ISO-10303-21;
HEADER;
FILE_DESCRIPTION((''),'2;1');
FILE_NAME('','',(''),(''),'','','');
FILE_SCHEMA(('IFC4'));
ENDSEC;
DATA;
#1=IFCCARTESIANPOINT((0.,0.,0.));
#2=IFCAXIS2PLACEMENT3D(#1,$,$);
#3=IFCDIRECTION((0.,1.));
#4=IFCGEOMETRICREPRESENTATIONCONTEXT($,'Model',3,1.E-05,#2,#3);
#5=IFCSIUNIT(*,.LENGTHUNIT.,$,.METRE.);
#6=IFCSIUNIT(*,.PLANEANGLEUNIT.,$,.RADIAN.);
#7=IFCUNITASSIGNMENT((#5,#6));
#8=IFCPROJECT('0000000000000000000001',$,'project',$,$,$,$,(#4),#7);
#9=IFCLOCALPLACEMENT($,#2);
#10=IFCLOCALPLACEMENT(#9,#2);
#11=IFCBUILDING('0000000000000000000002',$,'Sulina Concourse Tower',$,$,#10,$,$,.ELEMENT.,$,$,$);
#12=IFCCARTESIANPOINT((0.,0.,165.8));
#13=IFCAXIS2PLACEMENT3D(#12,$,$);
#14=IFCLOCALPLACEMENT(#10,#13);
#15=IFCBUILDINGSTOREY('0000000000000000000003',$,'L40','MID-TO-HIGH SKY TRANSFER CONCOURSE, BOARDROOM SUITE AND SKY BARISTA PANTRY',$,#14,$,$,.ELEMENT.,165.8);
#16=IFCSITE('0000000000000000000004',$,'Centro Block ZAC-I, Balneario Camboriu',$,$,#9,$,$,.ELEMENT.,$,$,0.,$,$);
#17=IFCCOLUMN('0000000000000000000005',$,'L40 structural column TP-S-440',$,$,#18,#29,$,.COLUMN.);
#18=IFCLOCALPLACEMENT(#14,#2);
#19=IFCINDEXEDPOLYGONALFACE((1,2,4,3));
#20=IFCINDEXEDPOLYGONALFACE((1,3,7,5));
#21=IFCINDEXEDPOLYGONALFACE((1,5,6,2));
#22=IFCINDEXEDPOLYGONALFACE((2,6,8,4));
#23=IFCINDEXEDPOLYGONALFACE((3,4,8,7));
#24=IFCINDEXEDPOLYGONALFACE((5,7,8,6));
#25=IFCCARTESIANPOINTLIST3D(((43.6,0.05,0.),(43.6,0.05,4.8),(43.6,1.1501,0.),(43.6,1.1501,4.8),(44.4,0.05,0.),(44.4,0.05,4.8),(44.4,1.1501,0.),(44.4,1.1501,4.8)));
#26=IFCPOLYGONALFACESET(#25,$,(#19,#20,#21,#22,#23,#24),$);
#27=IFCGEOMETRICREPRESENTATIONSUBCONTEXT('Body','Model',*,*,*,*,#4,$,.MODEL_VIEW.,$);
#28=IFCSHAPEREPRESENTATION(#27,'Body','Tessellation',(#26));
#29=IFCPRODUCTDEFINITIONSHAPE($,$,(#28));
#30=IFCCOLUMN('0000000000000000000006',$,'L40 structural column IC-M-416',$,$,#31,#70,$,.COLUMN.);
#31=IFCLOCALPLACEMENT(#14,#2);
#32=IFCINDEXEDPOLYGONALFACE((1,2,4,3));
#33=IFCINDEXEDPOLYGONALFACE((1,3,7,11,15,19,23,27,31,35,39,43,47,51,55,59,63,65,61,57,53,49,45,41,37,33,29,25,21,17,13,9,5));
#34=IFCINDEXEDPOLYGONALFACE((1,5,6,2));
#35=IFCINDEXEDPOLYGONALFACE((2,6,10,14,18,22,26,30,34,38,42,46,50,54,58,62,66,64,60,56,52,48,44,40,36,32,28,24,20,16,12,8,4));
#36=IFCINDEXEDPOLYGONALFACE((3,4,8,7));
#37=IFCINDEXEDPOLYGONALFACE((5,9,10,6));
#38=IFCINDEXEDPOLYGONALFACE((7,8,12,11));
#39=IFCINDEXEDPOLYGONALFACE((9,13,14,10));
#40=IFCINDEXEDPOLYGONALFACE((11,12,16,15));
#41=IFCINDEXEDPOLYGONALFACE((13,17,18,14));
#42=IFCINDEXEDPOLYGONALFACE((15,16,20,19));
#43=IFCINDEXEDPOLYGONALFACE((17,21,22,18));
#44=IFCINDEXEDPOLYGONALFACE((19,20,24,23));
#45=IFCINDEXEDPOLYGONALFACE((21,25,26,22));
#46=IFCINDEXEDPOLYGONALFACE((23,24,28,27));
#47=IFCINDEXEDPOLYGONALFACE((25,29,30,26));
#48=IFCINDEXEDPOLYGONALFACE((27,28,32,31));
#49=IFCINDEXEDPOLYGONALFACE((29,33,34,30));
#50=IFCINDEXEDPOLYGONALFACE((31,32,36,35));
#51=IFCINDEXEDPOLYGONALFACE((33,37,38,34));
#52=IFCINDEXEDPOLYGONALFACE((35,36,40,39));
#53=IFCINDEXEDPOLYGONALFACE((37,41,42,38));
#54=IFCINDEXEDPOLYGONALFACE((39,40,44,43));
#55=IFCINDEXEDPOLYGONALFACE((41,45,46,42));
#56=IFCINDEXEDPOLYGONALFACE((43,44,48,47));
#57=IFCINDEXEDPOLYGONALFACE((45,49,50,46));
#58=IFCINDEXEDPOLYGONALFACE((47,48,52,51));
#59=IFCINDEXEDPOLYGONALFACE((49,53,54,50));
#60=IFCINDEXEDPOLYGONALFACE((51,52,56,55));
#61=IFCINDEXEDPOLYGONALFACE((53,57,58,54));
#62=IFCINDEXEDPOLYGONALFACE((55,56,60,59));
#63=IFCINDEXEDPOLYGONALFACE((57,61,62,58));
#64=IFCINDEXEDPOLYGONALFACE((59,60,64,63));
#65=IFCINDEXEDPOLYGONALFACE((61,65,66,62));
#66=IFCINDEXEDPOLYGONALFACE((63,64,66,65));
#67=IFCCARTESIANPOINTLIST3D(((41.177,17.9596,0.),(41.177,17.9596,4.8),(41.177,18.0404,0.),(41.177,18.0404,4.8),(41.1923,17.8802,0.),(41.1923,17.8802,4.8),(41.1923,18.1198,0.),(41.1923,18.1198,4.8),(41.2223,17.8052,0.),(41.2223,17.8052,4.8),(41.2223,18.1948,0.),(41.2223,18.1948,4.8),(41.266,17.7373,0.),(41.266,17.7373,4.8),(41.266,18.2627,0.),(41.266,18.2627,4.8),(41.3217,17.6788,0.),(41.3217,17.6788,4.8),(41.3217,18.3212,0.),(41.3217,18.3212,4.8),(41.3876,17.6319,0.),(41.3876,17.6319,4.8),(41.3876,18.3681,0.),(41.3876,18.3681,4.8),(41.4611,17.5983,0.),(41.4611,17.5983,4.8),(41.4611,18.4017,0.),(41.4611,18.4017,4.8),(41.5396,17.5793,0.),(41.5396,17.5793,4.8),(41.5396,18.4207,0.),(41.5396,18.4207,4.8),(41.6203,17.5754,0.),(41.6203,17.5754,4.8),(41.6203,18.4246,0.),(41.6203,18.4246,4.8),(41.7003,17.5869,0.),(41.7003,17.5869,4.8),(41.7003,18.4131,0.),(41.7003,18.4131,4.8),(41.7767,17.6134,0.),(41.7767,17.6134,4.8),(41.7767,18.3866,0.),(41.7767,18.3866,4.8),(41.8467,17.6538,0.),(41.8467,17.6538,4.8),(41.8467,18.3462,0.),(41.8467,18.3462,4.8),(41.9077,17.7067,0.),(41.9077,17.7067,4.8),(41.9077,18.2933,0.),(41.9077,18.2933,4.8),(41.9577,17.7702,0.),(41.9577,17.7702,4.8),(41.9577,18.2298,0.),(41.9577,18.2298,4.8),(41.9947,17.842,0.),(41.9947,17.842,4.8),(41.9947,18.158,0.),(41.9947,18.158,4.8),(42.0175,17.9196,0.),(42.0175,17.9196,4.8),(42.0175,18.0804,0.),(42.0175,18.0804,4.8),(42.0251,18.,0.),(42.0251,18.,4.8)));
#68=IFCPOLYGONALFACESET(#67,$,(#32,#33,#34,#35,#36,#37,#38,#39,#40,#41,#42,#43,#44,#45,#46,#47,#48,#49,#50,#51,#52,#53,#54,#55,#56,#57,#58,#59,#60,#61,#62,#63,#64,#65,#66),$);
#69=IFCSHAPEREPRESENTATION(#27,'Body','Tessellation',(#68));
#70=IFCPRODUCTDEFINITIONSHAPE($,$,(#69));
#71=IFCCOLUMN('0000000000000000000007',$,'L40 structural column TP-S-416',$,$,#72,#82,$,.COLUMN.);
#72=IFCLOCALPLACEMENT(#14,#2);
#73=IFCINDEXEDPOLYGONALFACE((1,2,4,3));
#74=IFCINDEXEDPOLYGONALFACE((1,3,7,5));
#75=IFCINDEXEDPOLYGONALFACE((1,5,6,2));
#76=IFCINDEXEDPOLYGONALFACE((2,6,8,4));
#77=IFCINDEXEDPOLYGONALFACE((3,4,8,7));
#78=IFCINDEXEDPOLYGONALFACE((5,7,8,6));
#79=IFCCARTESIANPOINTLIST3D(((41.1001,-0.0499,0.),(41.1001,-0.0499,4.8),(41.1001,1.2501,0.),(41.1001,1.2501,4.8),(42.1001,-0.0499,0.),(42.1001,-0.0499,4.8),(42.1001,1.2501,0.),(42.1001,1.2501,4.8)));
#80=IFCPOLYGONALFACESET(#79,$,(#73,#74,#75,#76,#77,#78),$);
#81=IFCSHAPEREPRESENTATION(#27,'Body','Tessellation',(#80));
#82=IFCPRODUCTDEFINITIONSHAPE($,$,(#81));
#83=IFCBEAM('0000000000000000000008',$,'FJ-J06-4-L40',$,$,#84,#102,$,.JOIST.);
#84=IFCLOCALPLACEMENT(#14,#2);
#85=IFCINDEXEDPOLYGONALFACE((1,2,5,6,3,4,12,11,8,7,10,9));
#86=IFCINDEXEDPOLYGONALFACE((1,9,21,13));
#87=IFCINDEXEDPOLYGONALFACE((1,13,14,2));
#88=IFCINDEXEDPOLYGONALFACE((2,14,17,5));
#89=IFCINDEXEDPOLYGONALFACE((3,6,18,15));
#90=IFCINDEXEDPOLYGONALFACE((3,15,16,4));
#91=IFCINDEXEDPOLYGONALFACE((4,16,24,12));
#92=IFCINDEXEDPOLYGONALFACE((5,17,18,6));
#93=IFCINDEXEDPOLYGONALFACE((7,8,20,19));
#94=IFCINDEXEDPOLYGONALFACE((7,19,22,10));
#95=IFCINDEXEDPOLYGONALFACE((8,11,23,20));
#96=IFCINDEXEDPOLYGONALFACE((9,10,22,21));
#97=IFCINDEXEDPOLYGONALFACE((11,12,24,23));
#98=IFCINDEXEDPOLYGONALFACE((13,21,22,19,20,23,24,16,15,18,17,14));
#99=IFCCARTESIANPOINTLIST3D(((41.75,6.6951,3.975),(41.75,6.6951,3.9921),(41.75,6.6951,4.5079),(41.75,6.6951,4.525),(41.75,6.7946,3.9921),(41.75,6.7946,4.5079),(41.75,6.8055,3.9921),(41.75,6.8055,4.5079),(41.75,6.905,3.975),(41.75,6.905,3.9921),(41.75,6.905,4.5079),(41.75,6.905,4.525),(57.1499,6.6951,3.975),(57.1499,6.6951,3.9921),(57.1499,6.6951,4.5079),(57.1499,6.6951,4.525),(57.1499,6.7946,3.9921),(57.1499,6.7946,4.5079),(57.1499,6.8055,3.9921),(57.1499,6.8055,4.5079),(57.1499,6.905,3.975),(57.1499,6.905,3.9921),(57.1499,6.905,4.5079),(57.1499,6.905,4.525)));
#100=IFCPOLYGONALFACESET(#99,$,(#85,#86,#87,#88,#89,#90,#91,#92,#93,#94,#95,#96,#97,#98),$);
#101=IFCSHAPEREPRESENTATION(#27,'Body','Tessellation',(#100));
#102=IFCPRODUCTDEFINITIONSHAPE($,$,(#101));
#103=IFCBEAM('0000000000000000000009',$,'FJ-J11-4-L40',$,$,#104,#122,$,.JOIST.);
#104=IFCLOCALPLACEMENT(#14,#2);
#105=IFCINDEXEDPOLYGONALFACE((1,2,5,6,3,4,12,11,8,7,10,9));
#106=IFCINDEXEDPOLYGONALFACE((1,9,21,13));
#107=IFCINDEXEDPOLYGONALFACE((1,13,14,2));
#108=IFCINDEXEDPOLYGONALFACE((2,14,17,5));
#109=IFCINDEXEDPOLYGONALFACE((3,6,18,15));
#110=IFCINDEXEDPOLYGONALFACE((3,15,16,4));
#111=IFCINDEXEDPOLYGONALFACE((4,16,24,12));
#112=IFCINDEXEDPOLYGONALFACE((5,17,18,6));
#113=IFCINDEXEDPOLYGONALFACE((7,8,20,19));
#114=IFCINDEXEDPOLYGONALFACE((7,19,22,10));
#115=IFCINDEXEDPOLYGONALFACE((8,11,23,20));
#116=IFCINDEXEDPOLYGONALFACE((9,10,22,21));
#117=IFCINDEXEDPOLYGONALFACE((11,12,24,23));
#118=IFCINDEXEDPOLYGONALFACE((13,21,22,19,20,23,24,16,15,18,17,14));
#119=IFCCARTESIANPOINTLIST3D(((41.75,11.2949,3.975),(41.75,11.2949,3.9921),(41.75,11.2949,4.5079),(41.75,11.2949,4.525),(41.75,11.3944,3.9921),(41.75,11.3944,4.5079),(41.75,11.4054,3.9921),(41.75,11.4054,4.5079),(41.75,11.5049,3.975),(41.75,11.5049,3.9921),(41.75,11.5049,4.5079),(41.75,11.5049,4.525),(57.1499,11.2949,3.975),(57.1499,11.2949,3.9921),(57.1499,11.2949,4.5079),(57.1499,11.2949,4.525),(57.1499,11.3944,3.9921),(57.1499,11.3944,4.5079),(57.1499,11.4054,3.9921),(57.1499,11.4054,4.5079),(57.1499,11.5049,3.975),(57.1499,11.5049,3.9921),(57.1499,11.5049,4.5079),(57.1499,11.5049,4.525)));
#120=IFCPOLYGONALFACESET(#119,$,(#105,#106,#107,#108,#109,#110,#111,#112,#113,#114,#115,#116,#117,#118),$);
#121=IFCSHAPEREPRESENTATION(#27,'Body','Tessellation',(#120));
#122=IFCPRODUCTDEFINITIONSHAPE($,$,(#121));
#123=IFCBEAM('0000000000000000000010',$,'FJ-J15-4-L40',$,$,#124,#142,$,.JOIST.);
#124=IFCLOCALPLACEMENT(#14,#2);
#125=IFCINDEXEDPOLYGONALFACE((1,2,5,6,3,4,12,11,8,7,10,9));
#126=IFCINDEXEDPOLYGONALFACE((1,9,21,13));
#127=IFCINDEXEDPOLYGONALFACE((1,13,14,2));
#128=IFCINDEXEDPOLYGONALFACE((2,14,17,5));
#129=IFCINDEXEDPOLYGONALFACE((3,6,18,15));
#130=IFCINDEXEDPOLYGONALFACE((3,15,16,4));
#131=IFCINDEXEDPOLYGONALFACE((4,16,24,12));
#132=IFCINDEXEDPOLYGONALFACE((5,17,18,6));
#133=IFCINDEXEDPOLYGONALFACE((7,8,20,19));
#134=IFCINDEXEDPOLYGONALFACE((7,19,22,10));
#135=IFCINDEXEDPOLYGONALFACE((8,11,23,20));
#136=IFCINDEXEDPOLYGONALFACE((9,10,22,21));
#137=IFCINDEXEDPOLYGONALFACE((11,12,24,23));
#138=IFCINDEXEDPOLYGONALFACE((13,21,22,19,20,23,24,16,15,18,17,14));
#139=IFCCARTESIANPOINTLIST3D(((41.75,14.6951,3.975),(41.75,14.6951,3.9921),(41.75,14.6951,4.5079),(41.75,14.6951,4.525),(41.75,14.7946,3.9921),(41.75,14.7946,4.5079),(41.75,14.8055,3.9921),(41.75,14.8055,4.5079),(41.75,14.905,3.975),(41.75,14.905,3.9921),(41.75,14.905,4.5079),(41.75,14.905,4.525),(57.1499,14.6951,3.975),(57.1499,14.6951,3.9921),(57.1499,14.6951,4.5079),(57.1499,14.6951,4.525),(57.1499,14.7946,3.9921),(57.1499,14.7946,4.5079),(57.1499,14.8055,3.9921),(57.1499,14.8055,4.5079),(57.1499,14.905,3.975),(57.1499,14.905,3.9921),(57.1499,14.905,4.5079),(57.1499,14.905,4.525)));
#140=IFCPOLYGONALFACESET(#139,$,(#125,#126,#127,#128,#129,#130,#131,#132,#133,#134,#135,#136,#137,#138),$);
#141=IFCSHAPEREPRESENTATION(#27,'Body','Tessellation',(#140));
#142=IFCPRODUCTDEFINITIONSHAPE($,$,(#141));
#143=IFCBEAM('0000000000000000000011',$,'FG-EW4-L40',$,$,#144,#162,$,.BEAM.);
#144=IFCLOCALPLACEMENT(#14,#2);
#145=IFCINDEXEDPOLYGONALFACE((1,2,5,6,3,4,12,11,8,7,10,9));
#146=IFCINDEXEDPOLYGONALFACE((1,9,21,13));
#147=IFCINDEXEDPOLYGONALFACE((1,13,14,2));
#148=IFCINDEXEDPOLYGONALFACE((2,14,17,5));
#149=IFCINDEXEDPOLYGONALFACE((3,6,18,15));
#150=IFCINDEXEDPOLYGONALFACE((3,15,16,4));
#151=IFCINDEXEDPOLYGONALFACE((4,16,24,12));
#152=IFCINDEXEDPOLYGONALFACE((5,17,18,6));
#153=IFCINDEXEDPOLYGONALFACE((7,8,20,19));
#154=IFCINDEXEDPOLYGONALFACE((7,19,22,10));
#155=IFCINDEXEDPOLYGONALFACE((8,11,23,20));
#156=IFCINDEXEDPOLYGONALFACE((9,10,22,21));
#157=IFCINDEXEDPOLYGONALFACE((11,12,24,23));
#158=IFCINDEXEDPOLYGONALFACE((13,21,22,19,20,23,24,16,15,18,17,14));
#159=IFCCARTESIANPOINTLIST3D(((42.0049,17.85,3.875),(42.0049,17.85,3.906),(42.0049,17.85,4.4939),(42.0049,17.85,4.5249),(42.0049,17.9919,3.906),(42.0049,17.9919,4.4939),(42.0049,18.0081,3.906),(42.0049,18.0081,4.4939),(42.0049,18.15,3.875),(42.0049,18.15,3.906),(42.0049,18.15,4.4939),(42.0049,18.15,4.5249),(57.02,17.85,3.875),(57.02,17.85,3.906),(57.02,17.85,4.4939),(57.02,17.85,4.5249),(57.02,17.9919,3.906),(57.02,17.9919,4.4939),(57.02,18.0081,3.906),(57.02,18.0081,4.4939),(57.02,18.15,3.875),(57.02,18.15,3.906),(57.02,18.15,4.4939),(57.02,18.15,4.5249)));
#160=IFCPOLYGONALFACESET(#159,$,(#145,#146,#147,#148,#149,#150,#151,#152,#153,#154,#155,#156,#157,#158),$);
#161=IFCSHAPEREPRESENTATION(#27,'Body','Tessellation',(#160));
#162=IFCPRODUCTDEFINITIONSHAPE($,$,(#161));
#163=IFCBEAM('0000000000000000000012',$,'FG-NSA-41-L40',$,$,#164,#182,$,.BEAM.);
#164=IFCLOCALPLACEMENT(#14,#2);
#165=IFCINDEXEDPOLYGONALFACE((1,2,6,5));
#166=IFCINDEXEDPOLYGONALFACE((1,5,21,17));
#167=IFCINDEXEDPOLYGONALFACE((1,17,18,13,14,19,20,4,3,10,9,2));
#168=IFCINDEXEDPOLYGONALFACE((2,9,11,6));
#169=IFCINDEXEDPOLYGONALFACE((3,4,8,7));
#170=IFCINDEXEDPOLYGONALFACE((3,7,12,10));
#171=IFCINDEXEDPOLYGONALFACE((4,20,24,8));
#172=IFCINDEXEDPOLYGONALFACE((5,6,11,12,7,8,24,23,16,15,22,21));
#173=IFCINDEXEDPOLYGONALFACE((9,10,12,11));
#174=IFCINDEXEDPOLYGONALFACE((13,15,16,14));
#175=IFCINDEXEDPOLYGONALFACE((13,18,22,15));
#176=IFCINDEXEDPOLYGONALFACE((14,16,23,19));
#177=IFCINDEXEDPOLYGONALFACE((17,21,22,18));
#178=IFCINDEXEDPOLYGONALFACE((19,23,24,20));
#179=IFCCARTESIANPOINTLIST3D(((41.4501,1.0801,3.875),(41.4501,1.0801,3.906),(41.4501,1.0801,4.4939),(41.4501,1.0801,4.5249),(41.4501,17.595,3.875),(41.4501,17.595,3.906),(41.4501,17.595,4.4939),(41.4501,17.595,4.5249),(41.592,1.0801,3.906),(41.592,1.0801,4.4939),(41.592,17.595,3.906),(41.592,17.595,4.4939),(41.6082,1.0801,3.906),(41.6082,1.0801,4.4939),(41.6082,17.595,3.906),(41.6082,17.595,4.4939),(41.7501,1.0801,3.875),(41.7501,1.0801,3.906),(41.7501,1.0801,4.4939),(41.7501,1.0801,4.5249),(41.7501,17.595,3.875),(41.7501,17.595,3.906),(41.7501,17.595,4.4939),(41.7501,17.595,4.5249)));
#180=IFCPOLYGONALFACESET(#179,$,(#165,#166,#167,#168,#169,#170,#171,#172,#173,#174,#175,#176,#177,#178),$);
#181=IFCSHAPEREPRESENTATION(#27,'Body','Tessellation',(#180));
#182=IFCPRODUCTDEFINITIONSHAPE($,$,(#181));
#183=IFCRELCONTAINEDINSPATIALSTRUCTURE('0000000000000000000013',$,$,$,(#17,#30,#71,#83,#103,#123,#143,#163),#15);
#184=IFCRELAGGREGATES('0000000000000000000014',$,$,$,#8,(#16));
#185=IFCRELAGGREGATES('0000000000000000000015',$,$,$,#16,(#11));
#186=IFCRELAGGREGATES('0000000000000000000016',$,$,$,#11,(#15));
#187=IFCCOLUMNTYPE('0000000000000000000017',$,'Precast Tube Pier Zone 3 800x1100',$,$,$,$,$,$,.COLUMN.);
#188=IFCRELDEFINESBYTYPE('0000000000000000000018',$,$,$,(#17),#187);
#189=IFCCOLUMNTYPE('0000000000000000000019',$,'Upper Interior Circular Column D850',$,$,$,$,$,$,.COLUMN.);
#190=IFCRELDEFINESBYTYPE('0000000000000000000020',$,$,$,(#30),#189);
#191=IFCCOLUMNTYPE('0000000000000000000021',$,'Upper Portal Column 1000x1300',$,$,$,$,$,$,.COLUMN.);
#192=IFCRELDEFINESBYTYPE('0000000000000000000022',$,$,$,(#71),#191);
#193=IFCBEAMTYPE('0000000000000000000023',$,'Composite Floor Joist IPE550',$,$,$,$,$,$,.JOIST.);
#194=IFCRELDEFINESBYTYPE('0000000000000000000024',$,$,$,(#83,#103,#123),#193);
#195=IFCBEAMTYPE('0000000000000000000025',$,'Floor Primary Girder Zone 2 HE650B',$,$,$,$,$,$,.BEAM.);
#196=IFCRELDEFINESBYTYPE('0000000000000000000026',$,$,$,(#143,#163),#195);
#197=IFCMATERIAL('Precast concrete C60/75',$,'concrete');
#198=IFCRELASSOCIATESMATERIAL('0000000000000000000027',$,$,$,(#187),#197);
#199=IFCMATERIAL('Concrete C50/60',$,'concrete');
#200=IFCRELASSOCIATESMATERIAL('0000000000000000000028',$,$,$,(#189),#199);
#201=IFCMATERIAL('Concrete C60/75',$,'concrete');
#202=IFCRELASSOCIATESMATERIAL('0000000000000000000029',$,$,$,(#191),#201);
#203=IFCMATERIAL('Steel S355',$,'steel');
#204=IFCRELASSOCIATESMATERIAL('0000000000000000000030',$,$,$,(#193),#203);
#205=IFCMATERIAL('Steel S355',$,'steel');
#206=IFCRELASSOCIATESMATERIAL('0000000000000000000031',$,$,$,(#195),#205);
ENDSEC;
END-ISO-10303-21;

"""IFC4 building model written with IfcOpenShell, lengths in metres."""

from ifc_helpers import new_model, si_unit, direction, frame, origin, origin_2d, place, context, subcontext, project, spatial, rectangle, circle, i_section, extrude, material, material_profile, profile_set, type_object, element, save


model = new_model("IFC4")

# Units and contexts
model_context = context("Model", 3, precision=1e-05, world=origin(), true_north=direction((0.0, 1.0)))
body_context = subcontext(model_context, "Body", "Model", "MODEL_VIEW")
ifc_project = project(units=[si_unit("LENGTHUNIT", "METRE"), si_unit("PLANEANGLEUNIT", "RADIAN")], contexts=[model_context])

# Site, building, storey
site_placement = place(None, origin())
site = spatial("IfcSite", under=ifc_project, at=site_placement, Name="Centro Block ZAC-I, Balneario Camboriu", CompositionType="ELEMENT", RefElevation=0.0)
building_placement = place(site_placement, origin())
building = spatial("IfcBuilding", under=site, at=building_placement, Name="Sulina Concourse Tower", CompositionType="ELEMENT")
storey_placement = place(building_placement, frame((0.0, 0.0, 165.8)))
storey = spatial("IfcBuildingStorey", under=building, at=storey_placement, Name="L40", Description="MID-TO-HIGH SKY TRANSFER CONCOURSE, BOARDROOM SUITE AND SKY BARISTA PANTRY", CompositionType="ELEMENT", Elevation=165.8)

# Columns
ifc_material_1 = material(Name="Precast concrete C60/75", Category="concrete")
ifc_material_profile_1 = material_profile(ifc_material_1, rectangle(XDim=0.8, YDim=1.1001, at=origin_2d()), Name="PC 800x1100")
ifc_profile_set_1 = profile_set([ifc_material_profile_1], Name="Precast concrete C60/75")
column_type_1 = type_object("IfcColumnType", Name="Precast Tube Pier Zone 3 800x1100", PredefinedType="COLUMN", material=ifc_profile_set_1)
column_1_placement = place(storey_placement, frame((44.0, 0.6001, 0.0), z_axis=(0.0, 0.0, 1.0), x_axis=(1.0, 0.0, 0.0)))
element("IfcColumn", 1, at=column_1_placement, inside=storey, type_object=column_type_1, Name="L40 structural column TP-S-440", PredefinedType="COLUMN", context=body_context, shape_type="SweptSolid", body=[
    extrude(rectangle(XDim=0.8, YDim=1.1001, at=origin_2d()), origin(), (0.0, 0.0, 1.0), 4.8),
])
ifc_material_2 = material(Name="Concrete C50/60", Category="concrete")
ifc_material_profile_2 = material_profile(ifc_material_2, circle(Radius=0.425, at=origin_2d()), Name="RC D850")
ifc_profile_set_2 = profile_set([ifc_material_profile_2], Name="Concrete C50/60")
column_type_2 = type_object("IfcColumnType", Name="Upper Interior Circular Column D850", PredefinedType="COLUMN", material=ifc_profile_set_2)
column_2_placement = place(storey_placement, frame((41.6001, 18.0, 0.0), z_axis=(0.0, 0.0, 1.0), x_axis=(1.0, 0.0, 0.0)))
element("IfcColumn", 2, at=column_2_placement, inside=storey, type_object=column_type_2, Name="L40 structural column IC-M-416", PredefinedType="COLUMN", context=body_context, shape_type="SweptSolid", body=[
    extrude(circle(Radius=0.425, at=origin_2d()), origin(), (0.0, 0.0, 1.0), 4.8),
])
ifc_material_3 = material(Name="Concrete C60/75", Category="concrete")
ifc_material_profile_3 = material_profile(ifc_material_3, rectangle(XDim=1.0, YDim=1.3, at=origin_2d()), Name="RC 1000x1300")
ifc_profile_set_3 = profile_set([ifc_material_profile_3], Name="Concrete C60/75")
column_type_3 = type_object("IfcColumnType", Name="Upper Portal Column 1000x1300", PredefinedType="COLUMN", material=ifc_profile_set_3)
column_3_placement = place(storey_placement, frame((41.6001, 0.6001, 0.0), z_axis=(0.0, 0.0, 1.0), x_axis=(1.0, 0.0, 0.0)))
element("IfcColumn", 3, at=column_3_placement, inside=storey, type_object=column_type_3, Name="L40 structural column TP-S-416", PredefinedType="COLUMN", context=body_context, shape_type="SweptSolid", body=[
    extrude(rectangle(XDim=1.0, YDim=1.3, at=origin_2d()), origin(), (0.0, 0.0, 1.0), 4.8),
])

# Beams
ifc_material_4 = material(Name="Steel S355", Category="steel")
ifc_material_profile_4 = material_profile(ifc_material_4, i_section(OverallWidth=0.21, OverallDepth=0.55, WebThickness=0.011, FlangeThickness=0.0171, at=origin_2d()), Name="IPE 550")
ifc_profile_set_4 = profile_set([ifc_material_profile_4], Name="Steel S355")
beam_type_1 = type_object("IfcBeamType", Name="Composite Floor Joist IPE550", PredefinedType="JOIST", material=ifc_profile_set_4)
for number, where, z_axis, x_axis, name in (
    (4, (41.75, 6.8, 4.25), (1.0, 0.0, 0.0), (0.0, 1.0, 0.0), "FJ-J06-4-L40"),
    (5, (41.75, 11.3999, 4.25), (1.0, 0.0, 0.0), (0.0, 1.0, 0.0), "FJ-J11-4-L40"),
    (6, (41.75, 14.8, 4.25), (1.0, 0.0, 0.0), (0.0, 1.0, 0.0), "FJ-J15-4-L40"),
):
    element("IfcBeam", number, at=place(storey_placement, frame(where, z_axis=z_axis, x_axis=x_axis)), inside=storey, type_object=beam_type_1, Name=name, PredefinedType="JOIST", context=body_context, shape_type="SweptSolid", body=[
        extrude(i_section(OverallWidth=0.21, OverallDepth=0.55, WebThickness=0.011, FlangeThickness=0.0171, at=origin_2d()), origin(), (0.0, 0.0, 1.0), 15.3999),
    ])
ifc_material_5 = material(Name="Steel S355", Category="steel")
ifc_material_profile_5 = material_profile(ifc_material_5, i_section(OverallWidth=0.3, OverallDepth=0.6499, WebThickness=0.0161, FlangeThickness=0.031, at=origin_2d()), Name="HE 650 B")
ifc_profile_set_5 = profile_set([ifc_material_profile_5], Name="Steel S355")
beam_type_2 = type_object("IfcBeamType", Name="Floor Primary Girder Zone 2 HE650B", PredefinedType="BEAM", material=ifc_profile_set_5)
beam_1_placement = place(storey_placement, frame((42.0049, 18.0, 4.2), z_axis=(1.0, 0.0, 0.0), x_axis=(0.0, 1.0, 0.0)))
element("IfcBeam", 7, at=beam_1_placement, inside=storey, type_object=beam_type_2, Name="FG-EW4-L40", PredefinedType="BEAM", context=body_context, shape_type="SweptSolid", body=[
    extrude(i_section(OverallWidth=0.3, OverallDepth=0.6499, WebThickness=0.0161, FlangeThickness=0.031, at=origin_2d()), origin(), (0.0, 0.0, 1.0), 15.0151),
])
beam_2_placement = place(storey_placement, frame((41.6001, 1.0801, 4.2), z_axis=(0.0, 1.0, 0.0), x_axis=(-1.0, 0.0, 0.0)))
element("IfcBeam", 8, at=beam_2_placement, inside=storey, type_object=beam_type_2, Name="FG-NSA-41-L40", PredefinedType="BEAM", context=body_context, shape_type="SweptSolid", body=[
    extrude(i_section(OverallWidth=0.3, OverallDepth=0.6499, WebThickness=0.0161, FlangeThickness=0.031, at=origin_2d()), origin(), (0.0, 0.0, 1.0), 16.5149),
])

save(model, "model.ifc")
